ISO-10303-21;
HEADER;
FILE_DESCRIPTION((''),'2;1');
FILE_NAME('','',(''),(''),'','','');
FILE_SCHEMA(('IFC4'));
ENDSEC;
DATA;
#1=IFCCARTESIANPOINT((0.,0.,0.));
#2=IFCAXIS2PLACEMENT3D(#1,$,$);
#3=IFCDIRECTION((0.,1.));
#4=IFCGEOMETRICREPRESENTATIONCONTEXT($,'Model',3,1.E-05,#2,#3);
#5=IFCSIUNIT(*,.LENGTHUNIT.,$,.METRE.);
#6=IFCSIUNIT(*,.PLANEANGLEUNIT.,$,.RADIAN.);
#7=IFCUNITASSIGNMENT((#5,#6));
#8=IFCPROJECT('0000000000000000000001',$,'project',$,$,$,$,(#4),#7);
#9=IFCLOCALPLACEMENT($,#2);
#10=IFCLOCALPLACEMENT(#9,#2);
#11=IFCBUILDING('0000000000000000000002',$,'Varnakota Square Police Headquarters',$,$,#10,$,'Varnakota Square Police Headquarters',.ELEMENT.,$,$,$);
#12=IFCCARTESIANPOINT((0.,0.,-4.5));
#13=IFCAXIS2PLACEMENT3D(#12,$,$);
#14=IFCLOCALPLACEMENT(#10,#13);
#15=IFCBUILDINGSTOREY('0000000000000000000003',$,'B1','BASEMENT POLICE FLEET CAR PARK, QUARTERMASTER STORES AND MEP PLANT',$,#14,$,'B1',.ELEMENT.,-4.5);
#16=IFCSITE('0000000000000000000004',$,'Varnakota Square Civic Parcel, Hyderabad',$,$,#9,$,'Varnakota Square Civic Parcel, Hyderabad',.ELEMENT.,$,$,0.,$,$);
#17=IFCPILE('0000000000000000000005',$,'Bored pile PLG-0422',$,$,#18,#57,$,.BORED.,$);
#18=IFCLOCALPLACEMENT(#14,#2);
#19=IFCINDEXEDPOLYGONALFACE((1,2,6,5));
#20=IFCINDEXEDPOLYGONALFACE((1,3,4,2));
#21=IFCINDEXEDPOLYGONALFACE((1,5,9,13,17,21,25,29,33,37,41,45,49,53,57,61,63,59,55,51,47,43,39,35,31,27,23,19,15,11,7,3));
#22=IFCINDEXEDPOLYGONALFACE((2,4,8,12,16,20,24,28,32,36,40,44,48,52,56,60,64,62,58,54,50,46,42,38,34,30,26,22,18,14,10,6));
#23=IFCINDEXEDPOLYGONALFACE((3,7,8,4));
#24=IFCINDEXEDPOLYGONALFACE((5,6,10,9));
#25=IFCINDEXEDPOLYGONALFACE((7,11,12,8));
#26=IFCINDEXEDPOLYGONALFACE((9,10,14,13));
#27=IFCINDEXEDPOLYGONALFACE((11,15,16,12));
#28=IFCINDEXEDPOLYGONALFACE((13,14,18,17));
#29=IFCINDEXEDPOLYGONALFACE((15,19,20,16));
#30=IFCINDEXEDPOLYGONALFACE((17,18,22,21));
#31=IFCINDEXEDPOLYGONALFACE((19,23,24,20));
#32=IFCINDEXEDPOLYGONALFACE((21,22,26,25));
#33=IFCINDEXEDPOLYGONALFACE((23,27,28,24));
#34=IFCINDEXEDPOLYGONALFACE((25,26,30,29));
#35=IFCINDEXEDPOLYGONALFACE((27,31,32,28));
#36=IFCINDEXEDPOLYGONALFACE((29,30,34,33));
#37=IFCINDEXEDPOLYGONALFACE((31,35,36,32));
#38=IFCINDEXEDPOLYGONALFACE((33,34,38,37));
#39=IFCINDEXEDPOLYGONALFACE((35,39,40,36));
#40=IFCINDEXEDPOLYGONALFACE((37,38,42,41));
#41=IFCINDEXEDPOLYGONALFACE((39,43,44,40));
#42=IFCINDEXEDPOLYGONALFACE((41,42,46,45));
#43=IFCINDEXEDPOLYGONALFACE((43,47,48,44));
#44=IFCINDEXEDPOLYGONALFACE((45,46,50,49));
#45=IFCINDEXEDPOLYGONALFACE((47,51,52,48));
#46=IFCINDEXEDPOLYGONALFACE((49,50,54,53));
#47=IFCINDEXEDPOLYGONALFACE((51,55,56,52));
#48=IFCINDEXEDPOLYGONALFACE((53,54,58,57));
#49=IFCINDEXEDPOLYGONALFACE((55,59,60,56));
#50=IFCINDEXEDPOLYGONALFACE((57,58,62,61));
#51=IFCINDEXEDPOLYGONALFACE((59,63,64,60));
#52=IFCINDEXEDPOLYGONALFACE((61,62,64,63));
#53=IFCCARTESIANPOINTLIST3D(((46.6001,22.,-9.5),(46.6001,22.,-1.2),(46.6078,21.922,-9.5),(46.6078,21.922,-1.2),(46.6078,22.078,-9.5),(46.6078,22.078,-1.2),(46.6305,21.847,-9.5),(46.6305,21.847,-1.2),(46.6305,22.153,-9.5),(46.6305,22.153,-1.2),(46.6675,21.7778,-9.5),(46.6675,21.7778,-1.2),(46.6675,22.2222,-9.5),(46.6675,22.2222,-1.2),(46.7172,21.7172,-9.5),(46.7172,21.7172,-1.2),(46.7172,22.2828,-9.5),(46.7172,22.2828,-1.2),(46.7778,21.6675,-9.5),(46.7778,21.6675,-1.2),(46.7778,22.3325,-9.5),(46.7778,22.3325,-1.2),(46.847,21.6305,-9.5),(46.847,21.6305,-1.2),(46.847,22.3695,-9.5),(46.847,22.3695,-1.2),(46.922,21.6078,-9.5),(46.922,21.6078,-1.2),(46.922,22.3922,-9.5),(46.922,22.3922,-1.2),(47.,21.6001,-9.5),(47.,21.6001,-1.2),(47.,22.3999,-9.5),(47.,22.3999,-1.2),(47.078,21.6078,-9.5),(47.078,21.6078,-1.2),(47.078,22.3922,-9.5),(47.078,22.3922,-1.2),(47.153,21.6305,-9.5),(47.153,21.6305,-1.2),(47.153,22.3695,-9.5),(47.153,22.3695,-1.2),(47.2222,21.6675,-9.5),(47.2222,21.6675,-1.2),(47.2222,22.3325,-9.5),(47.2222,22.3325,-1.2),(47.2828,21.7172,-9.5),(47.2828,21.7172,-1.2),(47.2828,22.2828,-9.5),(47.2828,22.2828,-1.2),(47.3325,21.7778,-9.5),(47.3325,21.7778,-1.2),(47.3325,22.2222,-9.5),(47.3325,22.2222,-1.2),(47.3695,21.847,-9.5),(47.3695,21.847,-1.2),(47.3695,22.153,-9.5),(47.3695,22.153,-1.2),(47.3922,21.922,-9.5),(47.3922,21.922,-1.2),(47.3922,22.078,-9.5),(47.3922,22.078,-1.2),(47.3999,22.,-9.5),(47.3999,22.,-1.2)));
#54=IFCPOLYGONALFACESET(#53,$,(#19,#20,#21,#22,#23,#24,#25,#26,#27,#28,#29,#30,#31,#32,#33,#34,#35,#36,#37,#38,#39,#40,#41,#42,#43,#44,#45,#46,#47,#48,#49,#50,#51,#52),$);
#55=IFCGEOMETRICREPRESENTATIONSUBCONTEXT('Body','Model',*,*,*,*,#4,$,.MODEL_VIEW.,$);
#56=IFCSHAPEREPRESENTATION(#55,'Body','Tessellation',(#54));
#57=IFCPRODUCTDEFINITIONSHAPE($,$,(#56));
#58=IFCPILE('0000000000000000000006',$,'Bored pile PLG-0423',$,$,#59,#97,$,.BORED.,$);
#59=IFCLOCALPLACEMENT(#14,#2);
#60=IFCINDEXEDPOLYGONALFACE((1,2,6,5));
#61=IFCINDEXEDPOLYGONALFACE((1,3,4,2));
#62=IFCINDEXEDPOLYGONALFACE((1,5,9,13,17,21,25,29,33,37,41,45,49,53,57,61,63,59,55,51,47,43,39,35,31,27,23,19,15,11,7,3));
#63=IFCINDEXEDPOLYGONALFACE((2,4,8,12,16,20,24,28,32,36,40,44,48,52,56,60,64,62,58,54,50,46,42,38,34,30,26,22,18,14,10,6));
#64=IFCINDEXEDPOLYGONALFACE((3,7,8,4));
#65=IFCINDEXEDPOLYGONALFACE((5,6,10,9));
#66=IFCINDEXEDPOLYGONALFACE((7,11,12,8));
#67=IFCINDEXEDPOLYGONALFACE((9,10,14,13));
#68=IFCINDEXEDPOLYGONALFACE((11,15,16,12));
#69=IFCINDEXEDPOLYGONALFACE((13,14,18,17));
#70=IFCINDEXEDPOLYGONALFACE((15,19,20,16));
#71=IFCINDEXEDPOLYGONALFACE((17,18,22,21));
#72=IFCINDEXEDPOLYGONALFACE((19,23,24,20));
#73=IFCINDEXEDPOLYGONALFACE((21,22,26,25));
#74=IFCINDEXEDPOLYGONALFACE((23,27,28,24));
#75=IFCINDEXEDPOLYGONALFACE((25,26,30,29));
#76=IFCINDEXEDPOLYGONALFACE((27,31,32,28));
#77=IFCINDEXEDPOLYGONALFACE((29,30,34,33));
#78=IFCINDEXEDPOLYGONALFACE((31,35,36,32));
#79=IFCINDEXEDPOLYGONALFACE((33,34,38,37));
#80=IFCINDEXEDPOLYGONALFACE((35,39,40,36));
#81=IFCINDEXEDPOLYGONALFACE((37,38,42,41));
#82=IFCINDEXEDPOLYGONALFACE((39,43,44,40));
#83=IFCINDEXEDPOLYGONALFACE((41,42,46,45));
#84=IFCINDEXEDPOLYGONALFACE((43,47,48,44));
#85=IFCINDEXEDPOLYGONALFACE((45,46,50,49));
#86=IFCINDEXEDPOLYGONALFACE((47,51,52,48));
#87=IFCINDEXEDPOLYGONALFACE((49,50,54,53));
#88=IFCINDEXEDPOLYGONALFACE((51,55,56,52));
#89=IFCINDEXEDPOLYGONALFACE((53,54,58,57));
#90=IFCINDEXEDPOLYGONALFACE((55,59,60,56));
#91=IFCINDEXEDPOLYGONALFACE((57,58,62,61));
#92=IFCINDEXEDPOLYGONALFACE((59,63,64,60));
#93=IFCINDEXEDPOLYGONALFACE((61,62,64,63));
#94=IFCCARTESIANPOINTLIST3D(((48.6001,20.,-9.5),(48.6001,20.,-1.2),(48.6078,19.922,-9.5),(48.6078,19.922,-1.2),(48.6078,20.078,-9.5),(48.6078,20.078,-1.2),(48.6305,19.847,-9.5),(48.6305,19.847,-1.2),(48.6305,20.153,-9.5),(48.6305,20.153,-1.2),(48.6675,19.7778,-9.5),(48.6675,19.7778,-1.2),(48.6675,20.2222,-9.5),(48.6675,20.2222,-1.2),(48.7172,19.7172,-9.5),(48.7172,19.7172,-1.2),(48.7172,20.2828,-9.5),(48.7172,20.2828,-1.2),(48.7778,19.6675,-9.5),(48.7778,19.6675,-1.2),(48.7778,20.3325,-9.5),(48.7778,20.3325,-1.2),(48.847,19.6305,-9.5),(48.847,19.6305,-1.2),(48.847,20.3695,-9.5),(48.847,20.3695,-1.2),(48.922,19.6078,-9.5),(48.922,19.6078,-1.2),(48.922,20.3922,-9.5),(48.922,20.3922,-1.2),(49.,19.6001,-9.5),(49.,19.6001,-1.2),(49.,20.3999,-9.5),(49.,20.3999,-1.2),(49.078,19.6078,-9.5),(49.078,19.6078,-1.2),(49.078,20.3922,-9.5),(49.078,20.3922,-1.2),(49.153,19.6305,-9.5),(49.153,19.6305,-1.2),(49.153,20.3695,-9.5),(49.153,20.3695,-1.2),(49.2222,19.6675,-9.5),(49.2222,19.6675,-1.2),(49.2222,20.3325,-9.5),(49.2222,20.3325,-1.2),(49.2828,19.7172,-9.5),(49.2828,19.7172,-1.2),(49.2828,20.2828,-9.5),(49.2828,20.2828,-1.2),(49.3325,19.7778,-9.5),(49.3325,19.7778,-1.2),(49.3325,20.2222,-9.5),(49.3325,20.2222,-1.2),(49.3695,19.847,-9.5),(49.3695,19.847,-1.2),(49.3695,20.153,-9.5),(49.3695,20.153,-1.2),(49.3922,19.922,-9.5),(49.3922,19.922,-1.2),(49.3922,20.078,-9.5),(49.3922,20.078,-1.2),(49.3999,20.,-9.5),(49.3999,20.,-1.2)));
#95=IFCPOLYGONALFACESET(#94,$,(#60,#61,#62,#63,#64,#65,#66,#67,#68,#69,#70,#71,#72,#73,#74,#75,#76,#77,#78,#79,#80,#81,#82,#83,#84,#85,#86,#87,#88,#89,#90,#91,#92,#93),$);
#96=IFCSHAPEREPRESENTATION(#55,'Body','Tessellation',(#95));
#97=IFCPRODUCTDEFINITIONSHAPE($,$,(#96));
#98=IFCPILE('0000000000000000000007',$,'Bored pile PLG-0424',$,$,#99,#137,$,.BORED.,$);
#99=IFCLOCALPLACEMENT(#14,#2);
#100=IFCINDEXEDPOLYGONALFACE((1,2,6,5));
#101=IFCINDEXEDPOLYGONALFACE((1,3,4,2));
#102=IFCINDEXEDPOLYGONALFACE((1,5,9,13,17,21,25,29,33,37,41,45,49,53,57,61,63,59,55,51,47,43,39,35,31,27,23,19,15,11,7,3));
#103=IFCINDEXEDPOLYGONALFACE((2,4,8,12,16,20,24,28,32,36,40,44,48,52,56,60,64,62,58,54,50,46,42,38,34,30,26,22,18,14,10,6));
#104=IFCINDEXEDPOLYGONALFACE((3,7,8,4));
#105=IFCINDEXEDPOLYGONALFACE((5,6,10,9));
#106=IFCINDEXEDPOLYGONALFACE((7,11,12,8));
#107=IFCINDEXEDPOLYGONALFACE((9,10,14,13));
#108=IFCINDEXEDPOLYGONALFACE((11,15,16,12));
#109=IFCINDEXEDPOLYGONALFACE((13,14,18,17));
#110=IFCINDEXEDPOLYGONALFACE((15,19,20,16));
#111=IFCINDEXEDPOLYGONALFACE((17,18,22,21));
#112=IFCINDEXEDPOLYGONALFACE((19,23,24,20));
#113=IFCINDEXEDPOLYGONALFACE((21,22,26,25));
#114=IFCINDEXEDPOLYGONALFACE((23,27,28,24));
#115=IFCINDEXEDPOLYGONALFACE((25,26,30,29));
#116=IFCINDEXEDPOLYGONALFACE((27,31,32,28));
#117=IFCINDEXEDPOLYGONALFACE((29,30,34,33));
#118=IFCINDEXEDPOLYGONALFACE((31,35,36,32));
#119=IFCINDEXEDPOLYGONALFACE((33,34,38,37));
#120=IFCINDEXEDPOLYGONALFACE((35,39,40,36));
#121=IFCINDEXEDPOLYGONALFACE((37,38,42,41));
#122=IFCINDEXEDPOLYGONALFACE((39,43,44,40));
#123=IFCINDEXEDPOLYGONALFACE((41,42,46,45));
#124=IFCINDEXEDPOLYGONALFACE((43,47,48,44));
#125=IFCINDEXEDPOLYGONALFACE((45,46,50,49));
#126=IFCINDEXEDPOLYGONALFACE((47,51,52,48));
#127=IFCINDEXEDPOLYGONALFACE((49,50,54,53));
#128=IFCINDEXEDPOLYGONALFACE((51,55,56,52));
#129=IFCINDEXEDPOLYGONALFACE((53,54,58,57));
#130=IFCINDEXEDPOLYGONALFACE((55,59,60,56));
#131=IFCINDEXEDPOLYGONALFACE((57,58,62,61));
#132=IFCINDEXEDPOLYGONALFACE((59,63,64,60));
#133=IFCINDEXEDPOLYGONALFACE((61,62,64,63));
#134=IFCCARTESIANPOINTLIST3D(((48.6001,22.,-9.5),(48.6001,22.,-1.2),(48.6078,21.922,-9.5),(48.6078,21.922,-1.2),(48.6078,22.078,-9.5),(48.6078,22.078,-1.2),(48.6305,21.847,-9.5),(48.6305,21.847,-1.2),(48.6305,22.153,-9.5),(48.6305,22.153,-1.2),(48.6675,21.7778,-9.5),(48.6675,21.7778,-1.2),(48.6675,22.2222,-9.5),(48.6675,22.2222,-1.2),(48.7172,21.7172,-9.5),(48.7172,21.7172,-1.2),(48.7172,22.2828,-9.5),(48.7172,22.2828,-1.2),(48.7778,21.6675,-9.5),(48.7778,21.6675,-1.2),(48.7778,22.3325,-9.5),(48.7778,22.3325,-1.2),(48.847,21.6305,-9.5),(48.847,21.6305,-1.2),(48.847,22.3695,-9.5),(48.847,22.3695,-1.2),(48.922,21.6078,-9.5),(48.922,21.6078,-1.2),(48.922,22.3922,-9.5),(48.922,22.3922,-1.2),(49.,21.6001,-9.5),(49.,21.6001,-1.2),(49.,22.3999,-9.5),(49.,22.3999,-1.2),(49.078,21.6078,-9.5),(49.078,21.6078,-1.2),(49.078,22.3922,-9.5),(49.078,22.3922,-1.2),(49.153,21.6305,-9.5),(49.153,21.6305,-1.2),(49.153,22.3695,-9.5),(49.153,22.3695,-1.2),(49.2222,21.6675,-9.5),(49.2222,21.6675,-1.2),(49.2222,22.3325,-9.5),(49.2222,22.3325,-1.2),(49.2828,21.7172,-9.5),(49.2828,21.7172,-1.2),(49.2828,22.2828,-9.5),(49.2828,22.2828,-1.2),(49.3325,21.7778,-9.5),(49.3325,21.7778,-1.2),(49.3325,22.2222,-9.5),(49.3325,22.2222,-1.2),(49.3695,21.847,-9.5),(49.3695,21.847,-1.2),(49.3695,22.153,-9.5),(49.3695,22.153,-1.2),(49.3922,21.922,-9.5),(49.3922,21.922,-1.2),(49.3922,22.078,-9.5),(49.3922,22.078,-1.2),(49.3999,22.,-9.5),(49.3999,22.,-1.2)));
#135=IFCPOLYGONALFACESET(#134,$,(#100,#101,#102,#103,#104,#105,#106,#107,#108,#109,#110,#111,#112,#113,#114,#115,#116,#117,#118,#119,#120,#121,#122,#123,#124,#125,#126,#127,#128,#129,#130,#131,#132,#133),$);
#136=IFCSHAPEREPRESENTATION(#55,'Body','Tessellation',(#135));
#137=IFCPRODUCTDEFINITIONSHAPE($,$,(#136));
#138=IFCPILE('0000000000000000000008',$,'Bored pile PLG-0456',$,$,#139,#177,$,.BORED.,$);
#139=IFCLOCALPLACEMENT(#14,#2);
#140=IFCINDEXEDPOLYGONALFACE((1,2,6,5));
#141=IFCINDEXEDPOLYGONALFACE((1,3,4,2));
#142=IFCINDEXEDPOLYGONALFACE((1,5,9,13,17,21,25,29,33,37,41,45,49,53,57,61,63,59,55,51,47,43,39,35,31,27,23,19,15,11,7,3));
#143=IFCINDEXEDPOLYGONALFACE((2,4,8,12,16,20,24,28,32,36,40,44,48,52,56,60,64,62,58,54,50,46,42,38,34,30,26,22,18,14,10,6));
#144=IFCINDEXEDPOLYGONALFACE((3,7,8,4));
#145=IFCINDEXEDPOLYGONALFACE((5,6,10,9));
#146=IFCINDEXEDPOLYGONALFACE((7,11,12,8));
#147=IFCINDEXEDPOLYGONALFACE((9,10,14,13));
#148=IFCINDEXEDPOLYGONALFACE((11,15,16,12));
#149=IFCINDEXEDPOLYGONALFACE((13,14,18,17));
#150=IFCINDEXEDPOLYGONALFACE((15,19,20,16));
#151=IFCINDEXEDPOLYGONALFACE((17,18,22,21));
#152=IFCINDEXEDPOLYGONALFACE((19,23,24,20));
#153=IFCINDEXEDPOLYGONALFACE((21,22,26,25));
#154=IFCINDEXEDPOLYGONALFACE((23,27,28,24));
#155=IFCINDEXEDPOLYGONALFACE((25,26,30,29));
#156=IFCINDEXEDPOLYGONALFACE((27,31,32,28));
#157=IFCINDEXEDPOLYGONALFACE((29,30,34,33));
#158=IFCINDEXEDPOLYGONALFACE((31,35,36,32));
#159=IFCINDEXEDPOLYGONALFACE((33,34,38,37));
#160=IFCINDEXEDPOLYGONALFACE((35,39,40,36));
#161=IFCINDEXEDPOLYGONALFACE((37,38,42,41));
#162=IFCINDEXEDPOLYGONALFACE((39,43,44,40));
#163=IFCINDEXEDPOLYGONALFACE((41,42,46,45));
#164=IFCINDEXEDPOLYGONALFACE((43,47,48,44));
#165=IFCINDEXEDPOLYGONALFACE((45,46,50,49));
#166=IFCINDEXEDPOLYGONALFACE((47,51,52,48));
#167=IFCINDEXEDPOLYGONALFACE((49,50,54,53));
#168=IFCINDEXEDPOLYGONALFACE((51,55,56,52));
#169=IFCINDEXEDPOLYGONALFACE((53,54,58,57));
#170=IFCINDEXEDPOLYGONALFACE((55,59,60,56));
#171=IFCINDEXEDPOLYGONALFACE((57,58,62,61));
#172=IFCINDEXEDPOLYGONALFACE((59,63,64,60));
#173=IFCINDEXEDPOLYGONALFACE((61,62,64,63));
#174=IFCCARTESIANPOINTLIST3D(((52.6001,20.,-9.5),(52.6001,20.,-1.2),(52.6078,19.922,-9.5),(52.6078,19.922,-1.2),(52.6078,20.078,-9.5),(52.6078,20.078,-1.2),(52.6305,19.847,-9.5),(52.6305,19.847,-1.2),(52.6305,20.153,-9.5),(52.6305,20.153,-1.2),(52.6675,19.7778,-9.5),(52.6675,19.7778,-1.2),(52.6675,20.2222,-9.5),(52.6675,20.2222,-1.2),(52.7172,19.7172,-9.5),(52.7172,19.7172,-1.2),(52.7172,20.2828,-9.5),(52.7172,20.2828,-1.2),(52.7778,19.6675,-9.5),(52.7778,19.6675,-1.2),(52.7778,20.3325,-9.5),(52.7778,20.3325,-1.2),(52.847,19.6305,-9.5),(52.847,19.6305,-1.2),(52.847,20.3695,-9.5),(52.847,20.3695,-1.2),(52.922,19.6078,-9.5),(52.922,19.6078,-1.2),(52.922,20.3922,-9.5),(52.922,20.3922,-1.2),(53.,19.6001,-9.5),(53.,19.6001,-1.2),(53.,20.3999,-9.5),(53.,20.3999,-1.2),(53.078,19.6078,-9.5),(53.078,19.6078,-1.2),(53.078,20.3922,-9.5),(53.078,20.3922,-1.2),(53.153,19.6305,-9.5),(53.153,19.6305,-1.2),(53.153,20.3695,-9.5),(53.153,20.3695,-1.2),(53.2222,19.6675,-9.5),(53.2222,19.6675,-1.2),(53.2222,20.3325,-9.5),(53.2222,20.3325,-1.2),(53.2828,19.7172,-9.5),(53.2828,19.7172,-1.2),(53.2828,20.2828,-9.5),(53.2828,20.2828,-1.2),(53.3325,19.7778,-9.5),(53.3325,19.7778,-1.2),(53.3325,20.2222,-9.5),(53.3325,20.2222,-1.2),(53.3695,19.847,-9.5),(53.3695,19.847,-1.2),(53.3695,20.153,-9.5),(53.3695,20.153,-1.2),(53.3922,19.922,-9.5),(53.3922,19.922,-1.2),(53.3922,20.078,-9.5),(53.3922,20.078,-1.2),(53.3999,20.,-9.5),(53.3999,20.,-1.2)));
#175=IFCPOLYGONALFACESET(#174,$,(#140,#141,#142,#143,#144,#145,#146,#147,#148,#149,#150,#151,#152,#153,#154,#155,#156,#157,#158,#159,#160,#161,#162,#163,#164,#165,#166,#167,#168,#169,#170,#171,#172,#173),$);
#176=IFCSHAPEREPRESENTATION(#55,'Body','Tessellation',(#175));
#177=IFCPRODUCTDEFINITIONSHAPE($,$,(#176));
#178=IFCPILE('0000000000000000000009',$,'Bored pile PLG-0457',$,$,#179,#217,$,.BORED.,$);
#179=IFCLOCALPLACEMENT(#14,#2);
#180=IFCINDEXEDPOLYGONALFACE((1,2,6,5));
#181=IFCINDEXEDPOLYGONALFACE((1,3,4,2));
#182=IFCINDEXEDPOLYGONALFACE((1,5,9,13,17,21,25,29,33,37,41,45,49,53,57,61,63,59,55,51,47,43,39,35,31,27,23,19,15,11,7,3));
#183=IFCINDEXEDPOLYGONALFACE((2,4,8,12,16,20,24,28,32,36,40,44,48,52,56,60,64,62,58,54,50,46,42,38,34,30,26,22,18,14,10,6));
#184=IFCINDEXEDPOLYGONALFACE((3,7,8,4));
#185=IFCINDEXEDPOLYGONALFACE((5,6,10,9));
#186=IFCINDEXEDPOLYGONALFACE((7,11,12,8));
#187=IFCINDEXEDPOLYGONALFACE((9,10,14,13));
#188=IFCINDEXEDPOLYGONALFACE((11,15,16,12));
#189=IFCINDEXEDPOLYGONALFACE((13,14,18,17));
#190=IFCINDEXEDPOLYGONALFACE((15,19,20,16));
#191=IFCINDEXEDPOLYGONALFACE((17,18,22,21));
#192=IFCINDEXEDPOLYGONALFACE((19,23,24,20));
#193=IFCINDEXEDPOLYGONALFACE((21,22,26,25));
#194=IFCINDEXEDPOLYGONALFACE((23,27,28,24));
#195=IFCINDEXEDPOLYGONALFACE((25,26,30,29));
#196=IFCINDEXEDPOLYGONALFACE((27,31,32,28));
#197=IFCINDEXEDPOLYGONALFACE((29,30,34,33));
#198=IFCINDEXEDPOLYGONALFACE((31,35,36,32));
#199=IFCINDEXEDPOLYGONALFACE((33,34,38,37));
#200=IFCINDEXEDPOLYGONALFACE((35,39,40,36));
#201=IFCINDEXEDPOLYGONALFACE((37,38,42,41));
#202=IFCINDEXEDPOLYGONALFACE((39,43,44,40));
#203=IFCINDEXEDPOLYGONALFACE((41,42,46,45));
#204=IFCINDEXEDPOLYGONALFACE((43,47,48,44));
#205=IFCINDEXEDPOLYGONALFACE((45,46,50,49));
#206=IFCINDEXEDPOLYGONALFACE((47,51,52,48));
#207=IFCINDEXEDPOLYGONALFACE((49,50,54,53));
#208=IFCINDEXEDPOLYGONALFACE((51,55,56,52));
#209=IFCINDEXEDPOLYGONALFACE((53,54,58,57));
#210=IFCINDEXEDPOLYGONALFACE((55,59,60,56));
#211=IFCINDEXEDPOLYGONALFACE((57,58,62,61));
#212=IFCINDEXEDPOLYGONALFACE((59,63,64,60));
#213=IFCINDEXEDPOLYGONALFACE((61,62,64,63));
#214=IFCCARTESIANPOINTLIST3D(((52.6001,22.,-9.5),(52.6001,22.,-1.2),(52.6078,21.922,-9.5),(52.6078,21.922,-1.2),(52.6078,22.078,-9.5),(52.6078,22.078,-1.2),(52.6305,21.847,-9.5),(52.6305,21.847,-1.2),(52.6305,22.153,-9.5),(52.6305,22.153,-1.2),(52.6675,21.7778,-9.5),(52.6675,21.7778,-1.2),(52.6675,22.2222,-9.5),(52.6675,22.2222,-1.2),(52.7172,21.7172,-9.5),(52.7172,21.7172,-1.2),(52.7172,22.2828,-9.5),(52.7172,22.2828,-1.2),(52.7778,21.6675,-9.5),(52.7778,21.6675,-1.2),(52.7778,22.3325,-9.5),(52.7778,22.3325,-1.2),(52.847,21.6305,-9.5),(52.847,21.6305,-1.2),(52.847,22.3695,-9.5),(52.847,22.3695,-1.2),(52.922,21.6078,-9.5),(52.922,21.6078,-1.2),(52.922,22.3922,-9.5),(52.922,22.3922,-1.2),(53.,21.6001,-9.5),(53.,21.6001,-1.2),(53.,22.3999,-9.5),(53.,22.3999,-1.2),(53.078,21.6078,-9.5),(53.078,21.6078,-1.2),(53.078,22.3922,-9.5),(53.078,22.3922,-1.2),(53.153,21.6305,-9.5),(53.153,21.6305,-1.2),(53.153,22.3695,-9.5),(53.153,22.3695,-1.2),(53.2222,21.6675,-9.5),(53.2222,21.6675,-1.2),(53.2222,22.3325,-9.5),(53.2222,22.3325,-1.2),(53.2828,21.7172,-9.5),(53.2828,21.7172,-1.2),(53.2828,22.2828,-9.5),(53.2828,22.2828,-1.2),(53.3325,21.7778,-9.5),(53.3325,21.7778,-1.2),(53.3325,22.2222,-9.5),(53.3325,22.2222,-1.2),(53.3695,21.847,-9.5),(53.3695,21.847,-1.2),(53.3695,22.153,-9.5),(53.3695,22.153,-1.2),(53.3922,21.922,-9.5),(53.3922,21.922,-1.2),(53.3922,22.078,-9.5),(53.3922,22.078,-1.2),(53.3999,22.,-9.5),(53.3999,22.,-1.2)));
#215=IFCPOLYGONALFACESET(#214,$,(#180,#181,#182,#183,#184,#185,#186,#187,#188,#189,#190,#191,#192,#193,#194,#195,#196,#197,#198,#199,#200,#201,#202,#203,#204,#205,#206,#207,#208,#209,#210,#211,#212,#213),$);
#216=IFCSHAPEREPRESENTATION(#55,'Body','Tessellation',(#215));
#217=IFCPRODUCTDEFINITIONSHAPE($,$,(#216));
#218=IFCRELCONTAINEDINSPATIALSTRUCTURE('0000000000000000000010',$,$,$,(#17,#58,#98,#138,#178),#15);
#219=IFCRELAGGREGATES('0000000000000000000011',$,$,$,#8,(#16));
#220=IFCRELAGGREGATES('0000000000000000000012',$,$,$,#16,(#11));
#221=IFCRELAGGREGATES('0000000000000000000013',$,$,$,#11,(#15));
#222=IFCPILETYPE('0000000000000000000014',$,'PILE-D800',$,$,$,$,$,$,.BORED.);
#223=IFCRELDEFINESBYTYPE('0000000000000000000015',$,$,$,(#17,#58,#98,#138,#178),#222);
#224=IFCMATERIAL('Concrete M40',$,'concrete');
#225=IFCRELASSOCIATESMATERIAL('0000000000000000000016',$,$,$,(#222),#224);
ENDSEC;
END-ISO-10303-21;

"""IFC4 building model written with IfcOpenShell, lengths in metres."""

from ifc_helpers import new_model, si_unit, direction, frame, origin, origin_2d, place, context, subcontext, project, spatial, circle, extrude, material, material_profile, profile_set, type_object, element, save


model = new_model("IFC4")

# Units and contexts
model_context = context("Model", 3, precision=1e-05, world=origin(), true_north=direction((0.0, 1.0)))
body_context = subcontext(model_context, "Body", "Model", "MODEL_VIEW")
ifc_project = project(units=[si_unit("LENGTHUNIT", "METRE"), si_unit("PLANEANGLEUNIT", "RADIAN")], contexts=[model_context])

# Site, building, storey
site_placement = place(None, origin())
site = spatial("IfcSite", under=ifc_project, at=site_placement, Name="Varnakota Square Civic Parcel, Hyderabad", LongName="Varnakota Square Civic Parcel, Hyderabad", CompositionType="ELEMENT", RefElevation=0.0)
building_placement = place(site_placement, origin())
building = spatial("IfcBuilding", under=site, at=building_placement, Name="Varnakota Square Police Headquarters", LongName="Varnakota Square Police Headquarters", CompositionType="ELEMENT")
storey_placement = place(building_placement, frame((0.0, 0.0, -4.5)))
storey = spatial("IfcBuildingStorey", under=building, at=storey_placement, Name="B1", Description="BASEMENT POLICE FLEET CAR PARK, QUARTERMASTER STORES AND MEP PLANT", LongName="B1", CompositionType="ELEMENT", Elevation=-4.5)

# Shared definitions
ifc_material_1 = material(Name="Concrete M40", Category="concrete")

# Piles
ifc_material_profile_1 = material_profile(ifc_material_1, circle(Radius=0.3999, at=origin_2d()), Name="BORED PILE 800")
ifc_profile_set_1 = profile_set([ifc_material_profile_1], Name="Concrete M40")
pile_type_1 = type_object("IfcPileType", Name="PILE-D800", PredefinedType="BORED", material=ifc_profile_set_1)
for number, where, z_axis, x_axis, name in (
    (1, (47.0, 22.0, -1.2), (0.0, 0.0, -1.0), (1.0, 0.0, 0.0), "Bored pile PLG-0422"),
    (2, (49.0, 20.0, -1.2), (0.0, 0.0, -1.0), (1.0, 0.0, 0.0), "Bored pile PLG-0423"),
    (3, (49.0, 22.0, -1.2), (0.0, 0.0, -1.0), (1.0, 0.0, 0.0), "Bored pile PLG-0424"),
    (4, (53.0, 20.0, -1.2), (0.0, 0.0, -1.0), (1.0, 0.0, 0.0), "Bored pile PLG-0456"),
    (5, (53.0, 22.0, -1.2), (0.0, 0.0, -1.0), (1.0, 0.0, 0.0), "Bored pile PLG-0457"),
):
    element("IfcPile", number, at=place(storey_placement, frame(where, z_axis=z_axis, x_axis=x_axis)), inside=storey, type_object=pile_type_1, Name=name, PredefinedType="BORED", context=body_context, shape_type="SweptSolid", body=[
        extrude(circle(Radius=0.3999, at=origin_2d()), origin(), (0.0, 0.0, 1.0), 8.3),
    ])

save(model, "model.ifc")
